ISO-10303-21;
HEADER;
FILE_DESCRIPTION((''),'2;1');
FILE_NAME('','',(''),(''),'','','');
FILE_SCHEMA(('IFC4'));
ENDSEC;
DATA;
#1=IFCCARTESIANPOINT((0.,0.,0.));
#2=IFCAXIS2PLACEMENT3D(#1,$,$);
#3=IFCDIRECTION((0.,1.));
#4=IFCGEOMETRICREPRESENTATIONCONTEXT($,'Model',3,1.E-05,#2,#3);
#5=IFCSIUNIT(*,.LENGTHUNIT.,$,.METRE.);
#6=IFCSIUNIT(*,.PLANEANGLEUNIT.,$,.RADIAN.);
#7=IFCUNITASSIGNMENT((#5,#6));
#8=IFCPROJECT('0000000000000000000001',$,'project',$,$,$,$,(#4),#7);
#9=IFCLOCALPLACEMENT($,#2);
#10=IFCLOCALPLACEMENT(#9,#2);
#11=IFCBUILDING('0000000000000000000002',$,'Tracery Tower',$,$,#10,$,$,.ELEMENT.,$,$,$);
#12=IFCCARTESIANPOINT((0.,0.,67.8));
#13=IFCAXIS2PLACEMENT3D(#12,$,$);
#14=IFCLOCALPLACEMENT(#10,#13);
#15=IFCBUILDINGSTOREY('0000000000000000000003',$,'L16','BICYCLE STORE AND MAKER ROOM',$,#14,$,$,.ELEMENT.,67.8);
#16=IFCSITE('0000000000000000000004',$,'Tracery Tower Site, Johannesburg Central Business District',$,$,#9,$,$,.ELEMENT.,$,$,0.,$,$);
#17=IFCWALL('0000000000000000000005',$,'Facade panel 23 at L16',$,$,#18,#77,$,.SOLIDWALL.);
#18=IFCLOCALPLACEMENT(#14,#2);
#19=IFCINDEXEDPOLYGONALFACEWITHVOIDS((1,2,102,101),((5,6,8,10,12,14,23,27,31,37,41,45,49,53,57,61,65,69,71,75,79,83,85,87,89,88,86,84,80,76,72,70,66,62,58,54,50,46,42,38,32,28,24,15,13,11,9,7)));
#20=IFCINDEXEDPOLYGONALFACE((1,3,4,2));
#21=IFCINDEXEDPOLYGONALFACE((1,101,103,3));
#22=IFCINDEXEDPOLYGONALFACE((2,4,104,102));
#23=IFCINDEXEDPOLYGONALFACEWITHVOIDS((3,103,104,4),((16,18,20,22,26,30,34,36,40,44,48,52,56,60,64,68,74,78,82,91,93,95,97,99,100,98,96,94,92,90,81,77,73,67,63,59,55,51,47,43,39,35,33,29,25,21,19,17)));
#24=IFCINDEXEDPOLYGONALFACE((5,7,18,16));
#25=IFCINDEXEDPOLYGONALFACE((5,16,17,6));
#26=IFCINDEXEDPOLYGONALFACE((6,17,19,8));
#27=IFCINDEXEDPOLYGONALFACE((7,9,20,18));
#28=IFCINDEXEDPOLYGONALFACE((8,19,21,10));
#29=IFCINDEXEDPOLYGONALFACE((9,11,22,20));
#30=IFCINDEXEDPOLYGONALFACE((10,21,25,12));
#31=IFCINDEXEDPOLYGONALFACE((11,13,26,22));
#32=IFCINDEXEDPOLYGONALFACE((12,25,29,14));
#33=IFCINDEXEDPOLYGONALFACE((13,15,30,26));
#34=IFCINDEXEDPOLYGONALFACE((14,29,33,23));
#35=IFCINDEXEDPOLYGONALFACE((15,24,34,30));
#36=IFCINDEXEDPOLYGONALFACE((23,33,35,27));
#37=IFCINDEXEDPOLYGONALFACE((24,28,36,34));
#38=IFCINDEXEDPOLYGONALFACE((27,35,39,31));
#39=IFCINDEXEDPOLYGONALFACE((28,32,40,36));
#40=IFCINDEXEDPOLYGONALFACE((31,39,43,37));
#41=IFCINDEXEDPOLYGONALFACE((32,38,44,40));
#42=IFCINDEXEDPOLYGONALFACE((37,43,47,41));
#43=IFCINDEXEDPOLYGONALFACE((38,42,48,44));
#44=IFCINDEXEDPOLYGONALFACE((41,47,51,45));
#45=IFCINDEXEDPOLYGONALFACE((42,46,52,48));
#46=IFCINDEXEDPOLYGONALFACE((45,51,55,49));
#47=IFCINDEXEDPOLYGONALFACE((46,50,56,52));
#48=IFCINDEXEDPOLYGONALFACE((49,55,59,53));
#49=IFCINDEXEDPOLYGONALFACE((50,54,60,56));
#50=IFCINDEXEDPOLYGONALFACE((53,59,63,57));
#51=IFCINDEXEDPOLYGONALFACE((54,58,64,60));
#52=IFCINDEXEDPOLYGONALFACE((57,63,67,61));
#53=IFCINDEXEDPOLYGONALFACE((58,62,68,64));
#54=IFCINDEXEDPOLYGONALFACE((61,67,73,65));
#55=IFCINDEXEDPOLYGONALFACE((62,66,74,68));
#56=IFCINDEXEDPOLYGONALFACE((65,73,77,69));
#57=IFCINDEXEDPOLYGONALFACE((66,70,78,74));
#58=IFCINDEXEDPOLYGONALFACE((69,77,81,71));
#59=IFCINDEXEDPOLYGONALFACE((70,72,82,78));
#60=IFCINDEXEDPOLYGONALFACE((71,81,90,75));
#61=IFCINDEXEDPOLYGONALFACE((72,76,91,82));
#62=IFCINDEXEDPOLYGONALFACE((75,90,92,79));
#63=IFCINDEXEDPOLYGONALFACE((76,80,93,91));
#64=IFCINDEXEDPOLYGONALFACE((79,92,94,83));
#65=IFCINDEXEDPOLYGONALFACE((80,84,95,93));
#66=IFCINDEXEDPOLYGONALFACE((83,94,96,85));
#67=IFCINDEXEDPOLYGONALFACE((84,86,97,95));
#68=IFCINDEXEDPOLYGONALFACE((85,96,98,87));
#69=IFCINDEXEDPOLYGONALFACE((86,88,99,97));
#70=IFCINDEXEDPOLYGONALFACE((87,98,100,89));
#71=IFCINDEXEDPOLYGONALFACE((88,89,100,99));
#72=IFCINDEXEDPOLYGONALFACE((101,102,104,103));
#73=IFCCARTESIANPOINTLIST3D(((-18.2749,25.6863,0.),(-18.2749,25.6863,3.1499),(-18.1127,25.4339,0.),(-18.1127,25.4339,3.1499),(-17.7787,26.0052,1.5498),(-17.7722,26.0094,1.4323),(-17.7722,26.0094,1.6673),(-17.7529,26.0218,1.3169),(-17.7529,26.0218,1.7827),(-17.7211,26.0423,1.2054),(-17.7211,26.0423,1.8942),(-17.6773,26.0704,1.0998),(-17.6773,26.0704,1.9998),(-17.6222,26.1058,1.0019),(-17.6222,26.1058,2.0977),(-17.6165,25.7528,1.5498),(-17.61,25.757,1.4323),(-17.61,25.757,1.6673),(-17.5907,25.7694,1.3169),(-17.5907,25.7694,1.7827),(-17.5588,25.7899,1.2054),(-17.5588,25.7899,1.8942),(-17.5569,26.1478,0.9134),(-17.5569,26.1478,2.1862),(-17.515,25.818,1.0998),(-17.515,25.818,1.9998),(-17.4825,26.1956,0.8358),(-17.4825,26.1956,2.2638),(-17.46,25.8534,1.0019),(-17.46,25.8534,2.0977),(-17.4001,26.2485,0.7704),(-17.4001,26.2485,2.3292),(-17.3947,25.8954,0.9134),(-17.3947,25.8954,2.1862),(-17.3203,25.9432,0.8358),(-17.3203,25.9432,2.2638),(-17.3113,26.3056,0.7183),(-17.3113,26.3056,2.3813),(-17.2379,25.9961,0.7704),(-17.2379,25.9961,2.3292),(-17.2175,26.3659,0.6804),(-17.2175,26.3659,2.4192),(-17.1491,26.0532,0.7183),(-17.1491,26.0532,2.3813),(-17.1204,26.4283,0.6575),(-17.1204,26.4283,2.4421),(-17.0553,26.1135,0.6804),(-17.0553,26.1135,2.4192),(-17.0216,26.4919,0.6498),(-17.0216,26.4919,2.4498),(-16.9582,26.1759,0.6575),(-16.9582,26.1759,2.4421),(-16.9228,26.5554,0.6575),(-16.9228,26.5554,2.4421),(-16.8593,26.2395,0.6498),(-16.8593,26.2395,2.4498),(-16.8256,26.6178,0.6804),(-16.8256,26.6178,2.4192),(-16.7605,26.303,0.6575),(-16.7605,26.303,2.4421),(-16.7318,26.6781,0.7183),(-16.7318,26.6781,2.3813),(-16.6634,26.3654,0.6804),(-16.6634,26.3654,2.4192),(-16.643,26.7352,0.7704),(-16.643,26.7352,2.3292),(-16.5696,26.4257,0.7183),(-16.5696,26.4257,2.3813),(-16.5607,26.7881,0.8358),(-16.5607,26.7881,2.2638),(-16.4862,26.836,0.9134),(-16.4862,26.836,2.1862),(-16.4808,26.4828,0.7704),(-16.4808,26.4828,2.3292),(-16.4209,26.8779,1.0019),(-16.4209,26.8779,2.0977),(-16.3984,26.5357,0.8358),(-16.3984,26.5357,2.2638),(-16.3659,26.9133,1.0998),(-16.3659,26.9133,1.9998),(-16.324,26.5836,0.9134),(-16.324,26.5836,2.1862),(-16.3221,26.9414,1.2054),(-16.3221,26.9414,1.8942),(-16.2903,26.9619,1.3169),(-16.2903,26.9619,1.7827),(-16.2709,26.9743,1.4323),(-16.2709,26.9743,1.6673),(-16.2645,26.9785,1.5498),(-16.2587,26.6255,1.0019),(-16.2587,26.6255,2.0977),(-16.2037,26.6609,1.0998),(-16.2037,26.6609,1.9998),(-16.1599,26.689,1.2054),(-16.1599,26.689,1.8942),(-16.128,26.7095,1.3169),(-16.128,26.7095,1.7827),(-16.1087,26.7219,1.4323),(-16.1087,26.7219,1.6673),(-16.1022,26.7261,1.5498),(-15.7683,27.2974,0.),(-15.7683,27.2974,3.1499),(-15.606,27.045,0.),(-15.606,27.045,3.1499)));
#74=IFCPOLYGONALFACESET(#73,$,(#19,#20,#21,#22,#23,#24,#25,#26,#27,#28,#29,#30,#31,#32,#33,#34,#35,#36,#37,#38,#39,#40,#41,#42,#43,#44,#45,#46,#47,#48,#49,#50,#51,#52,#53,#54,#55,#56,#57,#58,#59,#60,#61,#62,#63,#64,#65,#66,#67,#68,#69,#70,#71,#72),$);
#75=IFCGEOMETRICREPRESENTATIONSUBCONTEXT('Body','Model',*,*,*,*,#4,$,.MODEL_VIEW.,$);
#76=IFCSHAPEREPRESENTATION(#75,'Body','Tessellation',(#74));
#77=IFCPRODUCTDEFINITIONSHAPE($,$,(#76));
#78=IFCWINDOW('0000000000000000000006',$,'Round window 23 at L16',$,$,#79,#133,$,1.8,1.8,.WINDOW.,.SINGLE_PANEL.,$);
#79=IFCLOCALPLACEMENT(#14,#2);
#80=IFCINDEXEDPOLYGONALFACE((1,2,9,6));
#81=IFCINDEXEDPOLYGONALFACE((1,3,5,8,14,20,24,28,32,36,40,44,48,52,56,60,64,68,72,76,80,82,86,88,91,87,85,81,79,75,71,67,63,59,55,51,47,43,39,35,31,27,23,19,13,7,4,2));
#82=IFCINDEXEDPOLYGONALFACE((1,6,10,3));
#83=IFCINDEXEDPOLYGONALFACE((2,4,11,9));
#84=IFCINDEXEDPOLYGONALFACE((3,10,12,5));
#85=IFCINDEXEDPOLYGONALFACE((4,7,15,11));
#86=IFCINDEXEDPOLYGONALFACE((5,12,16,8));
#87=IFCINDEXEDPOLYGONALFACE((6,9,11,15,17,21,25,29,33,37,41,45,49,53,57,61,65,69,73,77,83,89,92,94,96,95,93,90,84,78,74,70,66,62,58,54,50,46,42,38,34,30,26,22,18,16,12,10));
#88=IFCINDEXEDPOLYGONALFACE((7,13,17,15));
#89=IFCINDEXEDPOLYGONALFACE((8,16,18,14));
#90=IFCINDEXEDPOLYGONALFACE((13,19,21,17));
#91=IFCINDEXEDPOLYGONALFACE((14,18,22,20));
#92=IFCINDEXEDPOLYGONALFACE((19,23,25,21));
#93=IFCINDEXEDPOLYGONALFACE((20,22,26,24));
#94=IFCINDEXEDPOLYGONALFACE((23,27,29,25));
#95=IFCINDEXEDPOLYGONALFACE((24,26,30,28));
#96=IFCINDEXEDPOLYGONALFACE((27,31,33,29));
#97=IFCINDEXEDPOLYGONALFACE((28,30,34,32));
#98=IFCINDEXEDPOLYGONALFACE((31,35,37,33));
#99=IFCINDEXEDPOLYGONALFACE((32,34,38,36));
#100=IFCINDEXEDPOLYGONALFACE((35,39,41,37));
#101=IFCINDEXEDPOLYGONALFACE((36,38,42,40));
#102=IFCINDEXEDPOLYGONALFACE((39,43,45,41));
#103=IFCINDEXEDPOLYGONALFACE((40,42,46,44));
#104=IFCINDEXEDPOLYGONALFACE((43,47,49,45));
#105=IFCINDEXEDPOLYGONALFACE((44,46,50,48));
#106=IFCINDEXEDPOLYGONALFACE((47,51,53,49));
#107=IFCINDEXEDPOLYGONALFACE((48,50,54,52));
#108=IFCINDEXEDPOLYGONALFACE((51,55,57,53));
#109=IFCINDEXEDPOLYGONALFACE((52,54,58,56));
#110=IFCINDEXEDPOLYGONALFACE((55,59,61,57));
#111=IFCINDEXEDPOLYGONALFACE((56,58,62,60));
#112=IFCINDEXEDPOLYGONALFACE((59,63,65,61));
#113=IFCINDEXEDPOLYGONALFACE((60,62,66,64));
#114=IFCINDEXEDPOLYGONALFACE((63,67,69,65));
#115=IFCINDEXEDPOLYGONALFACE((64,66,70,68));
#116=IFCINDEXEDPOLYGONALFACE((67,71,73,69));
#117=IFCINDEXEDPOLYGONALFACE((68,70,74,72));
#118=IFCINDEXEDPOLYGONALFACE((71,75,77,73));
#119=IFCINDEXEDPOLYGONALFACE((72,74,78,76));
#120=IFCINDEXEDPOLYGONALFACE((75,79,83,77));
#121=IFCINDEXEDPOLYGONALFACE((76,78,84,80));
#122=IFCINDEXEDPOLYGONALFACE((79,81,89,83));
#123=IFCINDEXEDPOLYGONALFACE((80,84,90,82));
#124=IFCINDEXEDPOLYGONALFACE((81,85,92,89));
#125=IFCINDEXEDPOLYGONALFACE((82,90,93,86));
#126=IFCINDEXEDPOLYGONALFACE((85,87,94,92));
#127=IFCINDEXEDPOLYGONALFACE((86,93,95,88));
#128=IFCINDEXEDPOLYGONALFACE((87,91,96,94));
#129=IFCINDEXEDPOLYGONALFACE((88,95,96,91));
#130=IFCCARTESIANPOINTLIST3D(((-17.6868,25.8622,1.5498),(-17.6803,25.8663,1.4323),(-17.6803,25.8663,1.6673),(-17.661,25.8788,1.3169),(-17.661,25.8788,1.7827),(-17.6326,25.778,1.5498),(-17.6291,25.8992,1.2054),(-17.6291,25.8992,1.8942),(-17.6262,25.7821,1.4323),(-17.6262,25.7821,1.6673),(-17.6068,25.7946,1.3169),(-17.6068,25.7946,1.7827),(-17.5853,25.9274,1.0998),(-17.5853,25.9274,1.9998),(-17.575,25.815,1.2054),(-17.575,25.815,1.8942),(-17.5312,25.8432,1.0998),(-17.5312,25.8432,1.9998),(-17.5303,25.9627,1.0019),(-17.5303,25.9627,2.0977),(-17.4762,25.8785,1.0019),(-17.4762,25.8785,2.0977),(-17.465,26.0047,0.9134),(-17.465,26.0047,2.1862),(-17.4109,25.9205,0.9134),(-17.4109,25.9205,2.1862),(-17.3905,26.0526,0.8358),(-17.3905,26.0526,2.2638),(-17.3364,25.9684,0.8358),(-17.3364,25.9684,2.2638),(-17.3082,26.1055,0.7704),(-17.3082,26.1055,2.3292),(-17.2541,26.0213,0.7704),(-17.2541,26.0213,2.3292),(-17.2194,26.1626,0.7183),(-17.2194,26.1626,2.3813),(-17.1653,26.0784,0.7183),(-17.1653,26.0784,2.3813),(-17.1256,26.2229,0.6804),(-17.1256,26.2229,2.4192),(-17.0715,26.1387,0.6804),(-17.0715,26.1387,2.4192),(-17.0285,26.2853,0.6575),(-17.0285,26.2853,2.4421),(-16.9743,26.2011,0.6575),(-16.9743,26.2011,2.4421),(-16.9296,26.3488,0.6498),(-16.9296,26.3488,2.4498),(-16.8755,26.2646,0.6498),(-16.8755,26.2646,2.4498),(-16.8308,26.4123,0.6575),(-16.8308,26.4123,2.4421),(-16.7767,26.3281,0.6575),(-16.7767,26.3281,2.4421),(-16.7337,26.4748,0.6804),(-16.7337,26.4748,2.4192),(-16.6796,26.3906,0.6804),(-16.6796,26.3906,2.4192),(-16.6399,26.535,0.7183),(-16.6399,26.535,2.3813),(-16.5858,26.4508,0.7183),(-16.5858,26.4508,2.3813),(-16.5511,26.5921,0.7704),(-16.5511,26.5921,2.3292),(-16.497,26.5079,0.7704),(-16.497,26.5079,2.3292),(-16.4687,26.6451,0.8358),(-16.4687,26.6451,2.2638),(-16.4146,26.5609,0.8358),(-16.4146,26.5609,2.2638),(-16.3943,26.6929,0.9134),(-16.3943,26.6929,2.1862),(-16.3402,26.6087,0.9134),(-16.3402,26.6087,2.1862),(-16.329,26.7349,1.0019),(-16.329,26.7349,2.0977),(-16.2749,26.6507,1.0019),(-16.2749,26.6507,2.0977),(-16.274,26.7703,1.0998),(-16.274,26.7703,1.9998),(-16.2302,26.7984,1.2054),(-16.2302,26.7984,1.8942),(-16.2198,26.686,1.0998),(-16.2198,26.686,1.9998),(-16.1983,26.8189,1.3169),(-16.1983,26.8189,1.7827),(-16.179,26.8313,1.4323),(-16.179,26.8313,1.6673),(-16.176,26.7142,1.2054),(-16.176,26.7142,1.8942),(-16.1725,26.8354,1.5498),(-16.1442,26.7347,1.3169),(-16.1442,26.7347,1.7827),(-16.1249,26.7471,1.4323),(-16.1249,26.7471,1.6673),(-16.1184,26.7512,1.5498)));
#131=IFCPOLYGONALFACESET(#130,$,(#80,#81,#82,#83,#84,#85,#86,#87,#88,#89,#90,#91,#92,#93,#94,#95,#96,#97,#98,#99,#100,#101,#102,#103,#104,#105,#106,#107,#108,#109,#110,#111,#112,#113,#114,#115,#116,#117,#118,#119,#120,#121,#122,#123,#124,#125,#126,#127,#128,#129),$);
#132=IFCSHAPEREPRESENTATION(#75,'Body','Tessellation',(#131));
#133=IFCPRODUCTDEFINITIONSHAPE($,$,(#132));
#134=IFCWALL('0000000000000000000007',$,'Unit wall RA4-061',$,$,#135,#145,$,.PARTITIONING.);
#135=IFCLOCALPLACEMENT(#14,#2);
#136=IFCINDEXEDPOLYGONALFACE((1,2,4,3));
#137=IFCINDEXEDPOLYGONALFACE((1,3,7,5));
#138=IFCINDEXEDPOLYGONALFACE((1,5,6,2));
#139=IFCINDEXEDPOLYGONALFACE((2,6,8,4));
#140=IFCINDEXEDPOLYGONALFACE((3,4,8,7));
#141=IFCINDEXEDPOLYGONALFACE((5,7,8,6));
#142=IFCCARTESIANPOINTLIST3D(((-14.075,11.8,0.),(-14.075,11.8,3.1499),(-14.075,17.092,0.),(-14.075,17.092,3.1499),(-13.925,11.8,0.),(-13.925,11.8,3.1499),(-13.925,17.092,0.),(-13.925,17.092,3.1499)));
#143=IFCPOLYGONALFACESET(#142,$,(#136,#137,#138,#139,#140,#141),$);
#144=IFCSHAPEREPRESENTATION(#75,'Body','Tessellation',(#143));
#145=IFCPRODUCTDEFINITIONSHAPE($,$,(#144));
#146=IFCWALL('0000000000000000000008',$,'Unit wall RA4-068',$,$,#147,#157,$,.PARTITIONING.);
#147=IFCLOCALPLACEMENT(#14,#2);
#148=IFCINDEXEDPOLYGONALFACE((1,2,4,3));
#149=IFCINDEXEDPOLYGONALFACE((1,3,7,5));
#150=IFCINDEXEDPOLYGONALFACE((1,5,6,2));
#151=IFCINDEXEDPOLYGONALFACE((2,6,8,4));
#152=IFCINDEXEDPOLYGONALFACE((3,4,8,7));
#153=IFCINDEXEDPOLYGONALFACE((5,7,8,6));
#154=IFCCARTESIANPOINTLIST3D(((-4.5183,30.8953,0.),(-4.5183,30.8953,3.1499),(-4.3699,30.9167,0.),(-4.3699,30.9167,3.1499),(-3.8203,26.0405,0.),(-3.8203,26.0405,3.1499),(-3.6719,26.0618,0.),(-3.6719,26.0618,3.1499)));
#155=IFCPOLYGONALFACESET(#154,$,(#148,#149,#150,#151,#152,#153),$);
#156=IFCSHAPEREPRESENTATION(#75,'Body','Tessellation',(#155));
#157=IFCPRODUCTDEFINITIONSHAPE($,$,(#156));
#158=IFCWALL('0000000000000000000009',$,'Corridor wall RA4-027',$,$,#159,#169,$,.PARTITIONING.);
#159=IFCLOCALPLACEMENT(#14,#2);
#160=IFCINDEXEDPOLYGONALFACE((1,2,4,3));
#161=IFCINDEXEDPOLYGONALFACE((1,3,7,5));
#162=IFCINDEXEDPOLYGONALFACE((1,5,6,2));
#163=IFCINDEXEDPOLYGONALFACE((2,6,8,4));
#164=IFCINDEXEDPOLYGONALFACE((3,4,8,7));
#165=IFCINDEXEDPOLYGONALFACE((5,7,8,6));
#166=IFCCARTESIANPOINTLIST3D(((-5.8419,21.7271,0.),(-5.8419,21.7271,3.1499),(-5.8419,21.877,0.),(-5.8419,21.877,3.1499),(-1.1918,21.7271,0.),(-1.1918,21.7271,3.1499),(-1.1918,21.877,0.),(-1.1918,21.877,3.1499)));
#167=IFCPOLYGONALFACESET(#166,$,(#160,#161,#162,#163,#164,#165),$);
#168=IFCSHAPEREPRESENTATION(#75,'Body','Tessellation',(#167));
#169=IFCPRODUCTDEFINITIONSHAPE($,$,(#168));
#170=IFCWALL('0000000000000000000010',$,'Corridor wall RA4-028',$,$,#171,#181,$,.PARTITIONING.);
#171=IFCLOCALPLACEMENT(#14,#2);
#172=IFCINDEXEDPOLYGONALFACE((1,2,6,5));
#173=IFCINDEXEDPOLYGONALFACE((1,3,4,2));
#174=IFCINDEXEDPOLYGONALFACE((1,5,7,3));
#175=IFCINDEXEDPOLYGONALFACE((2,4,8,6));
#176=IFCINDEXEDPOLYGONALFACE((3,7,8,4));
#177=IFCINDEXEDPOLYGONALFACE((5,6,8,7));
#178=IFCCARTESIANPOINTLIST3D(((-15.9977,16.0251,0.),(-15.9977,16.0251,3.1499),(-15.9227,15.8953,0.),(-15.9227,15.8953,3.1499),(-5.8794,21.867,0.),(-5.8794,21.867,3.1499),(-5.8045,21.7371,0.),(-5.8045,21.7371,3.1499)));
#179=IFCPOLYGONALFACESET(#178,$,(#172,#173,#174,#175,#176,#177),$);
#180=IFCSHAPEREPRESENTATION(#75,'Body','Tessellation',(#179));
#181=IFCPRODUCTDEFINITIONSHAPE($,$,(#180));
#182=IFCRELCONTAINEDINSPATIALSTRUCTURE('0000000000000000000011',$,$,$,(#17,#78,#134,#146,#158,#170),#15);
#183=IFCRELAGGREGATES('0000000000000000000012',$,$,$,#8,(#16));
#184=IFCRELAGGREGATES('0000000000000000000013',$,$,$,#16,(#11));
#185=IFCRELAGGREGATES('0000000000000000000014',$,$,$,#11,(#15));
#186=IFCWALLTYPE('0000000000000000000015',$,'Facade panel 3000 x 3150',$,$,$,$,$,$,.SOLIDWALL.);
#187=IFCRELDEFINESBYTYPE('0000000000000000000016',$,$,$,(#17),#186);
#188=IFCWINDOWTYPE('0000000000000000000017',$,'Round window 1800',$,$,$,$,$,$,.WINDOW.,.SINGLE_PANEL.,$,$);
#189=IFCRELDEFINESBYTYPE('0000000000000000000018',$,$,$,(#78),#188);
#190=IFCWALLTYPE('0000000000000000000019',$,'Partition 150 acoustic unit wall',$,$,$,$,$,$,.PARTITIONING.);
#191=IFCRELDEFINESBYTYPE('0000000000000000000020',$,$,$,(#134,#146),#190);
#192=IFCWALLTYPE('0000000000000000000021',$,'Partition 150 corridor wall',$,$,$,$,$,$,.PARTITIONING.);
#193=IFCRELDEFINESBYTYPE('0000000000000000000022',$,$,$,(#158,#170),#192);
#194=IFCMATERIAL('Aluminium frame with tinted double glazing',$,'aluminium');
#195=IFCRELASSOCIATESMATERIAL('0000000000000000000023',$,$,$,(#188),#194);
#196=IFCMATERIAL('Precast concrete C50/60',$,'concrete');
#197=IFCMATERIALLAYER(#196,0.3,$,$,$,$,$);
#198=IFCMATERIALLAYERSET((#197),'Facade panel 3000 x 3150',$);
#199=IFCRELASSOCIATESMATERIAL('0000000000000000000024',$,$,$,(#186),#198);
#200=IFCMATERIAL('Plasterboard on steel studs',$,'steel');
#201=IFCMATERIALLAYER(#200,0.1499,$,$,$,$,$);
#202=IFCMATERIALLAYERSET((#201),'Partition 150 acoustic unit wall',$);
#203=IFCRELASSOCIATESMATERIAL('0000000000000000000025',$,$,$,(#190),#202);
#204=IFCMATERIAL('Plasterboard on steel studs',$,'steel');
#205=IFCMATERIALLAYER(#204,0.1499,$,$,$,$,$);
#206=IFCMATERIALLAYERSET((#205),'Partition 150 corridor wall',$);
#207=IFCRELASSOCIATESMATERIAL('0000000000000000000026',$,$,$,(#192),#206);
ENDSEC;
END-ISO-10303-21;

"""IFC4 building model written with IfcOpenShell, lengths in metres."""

from ifc_helpers import new_model, si_unit, direction, frame, frame_2d, origin, origin_2d, place, context, subcontext, project, spatial, rectangle, circle, extrude, material, layer, layer_set, type_object, element, fill, save


model = new_model("IFC4")

# Units and contexts
model_context = context("Model", 3, precision=1e-05, world=origin(), true_north=direction((0.0, 1.0)))
body_context = subcontext(model_context, "Body", "Model", "MODEL_VIEW")
ifc_project = project(units=[si_unit("LENGTHUNIT", "METRE"), si_unit("PLANEANGLEUNIT", "RADIAN")], contexts=[model_context])

# Site, building, storey
site_placement = place(None, origin())
site = spatial("IfcSite", under=ifc_project, at=site_placement, Name="Tracery Tower Site, Johannesburg Central Business District", CompositionType="ELEMENT", RefElevation=0.0)
building_placement = place(site_placement, origin())
building = spatial("IfcBuilding", under=site, at=building_placement, Name="Tracery Tower", CompositionType="ELEMENT")
storey_placement = place(building_placement, frame((0.0, 0.0, 67.8)))
storey = spatial("IfcBuildingStorey", under=building, at=storey_placement, Name="L16", Description="BICYCLE STORE AND MAKER ROOM", CompositionType="ELEMENT", Elevation=67.8)

# Wall, opening, window
ifc_material_1 = material(Name="Aluminium frame with tinted double glazing", Category="aluminium")
window_type = type_object("IfcWindowType", Name="Round window 1800", PartitioningType="SINGLE_PANEL", PredefinedType="WINDOW", material=ifc_material_1)
ifc_material_2 = material(Name="Precast concrete C50/60", Category="concrete")
ifc_layer_1 = layer(ifc_material_2, 0.3)
ifc_layer_set_1 = layer_set([ifc_layer_1], Name="Facade panel 3000 x 3150")
wall_type_1 = type_object("IfcWallType", Name="Facade panel 3000 x 3150", PredefinedType="SOLIDWALL", material=ifc_layer_set_1)
wall_1_placement = place(storey_placement, frame((-15.6873, 27.1711, 0.0), z_axis=(0.0, 0.0, 1.0), x_axis=(-0.841224, -0.540687, 0.0)))
wall_1 = element("IfcWall", 1, at=wall_1_placement, inside=storey, type_object=wall_type_1, Name="Facade panel 23 at L16", PredefinedType="SOLIDWALL", context=body_context, shape_type="SweptSolid", body=[
    extrude(rectangle(XDim=2.9797, YDim=0.3, at=frame_2d((1.4897, 0.0))), origin(), (0.0, 0.0, 1.0), 3.1499),
])
opening_1_placement = place(wall_1_placement, frame((1.4897, 0.0, 1.5498)))
opening_1 = element("IfcOpeningElement", 2, at=opening_1_placement, cuts=wall_1, PredefinedType="OPENING", context=body_context, shape_type="SweptSolid", body=[
    extrude(circle(Radius=0.9, at=origin_2d()), frame((0.0, 0.1599, 0.0), z_axis=(0.0, -1.0, 0.0), x_axis=(1.0, 0.0, 0.0)), (0.0, 0.0, 1.0), 0.3201),
])
window_1_placement = place(opening_1_placement, origin())
window_1 = element("IfcWindow", 3, at=window_1_placement, inside=storey, type_object=window_type, Name="Round window 23 at L16", OverallHeight=1.8, OverallWidth=1.8, PartitioningType="SINGLE_PANEL", PredefinedType="WINDOW", context=body_context, shape_type="SweptSolid", body=[
    extrude(circle(Radius=0.9, at=origin_2d()), frame((0.0, 0.1201, 0.0), z_axis=(0.0, -1.0, 0.0), x_axis=(1.0, 0.0, 0.0)), (0.0, 0.0, 1.0), 0.1001),
])
fill(opening_1, window_1)

# Walls
ifc_material_3 = material(Name="Plasterboard on steel studs", Category="steel")
ifc_layer_2 = layer(ifc_material_3, 0.1499)
ifc_layer_set_2 = layer_set([ifc_layer_2], Name="Partition 150 acoustic unit wall")
wall_type_2 = type_object("IfcWallType", Name="Partition 150 acoustic unit wall", PredefinedType="PARTITIONING", material=ifc_layer_set_2)
wall_2_placement = place(storey_placement, frame((-14.0, 11.8, 0.0), z_axis=(0.0, 0.0, 1.0), x_axis=(0.0, 1.0, 0.0)))
element("IfcWall", 4, at=wall_2_placement, inside=storey, type_object=wall_type_2, Name="Unit wall RA4-061", PredefinedType="PARTITIONING", context=body_context, shape_type="SweptSolid", body=[
    extrude(rectangle(XDim=5.292, YDim=0.1499, at=frame_2d((2.646, 0.0))), origin(), (0.0, 0.0, 1.0), 3.1499),
])
wall_3_placement = place(storey_placement, frame((-4.4441, 30.906, 0.0), z_axis=(0.0, 0.0, 1.0), x_axis=(0.142306, -0.989823, 0.0)))
element("IfcWall", 5, at=wall_3_placement, inside=storey, type_object=wall_type_2, Name="Unit wall RA4-068", PredefinedType="PARTITIONING", context=body_context, shape_type="SweptSolid", body=[
    extrude(rectangle(XDim=4.9048, YDim=0.1499, at=frame_2d((2.4524, 0.0))), origin(), (0.0, 0.0, 1.0), 3.1499),
])
ifc_material_4 = material(Name="Plasterboard on steel studs", Category="steel")
ifc_layer_3 = layer(ifc_material_4, 0.1499)
ifc_layer_set_3 = layer_set([ifc_layer_3], Name="Partition 150 corridor wall")
wall_type_3 = type_object("IfcWallType", Name="Partition 150 corridor wall", PredefinedType="PARTITIONING", material=ifc_layer_set_3)
wall_4_placement = place(storey_placement, frame((-5.842, 21.802, 0.0), z_axis=(0.0, 0.0, 1.0), x_axis=(1.0, 0.0, 0.0)))
element("IfcWall", 6, at=wall_4_placement, inside=storey, type_object=wall_type_3, Name="Corridor wall RA4-027", PredefinedType="PARTITIONING", context=body_context, shape_type="SweptSolid", body=[
    extrude(rectangle(XDim=4.6501, YDim=0.1499, at=frame_2d((2.3252, 0.0))), origin(), (0.0, 0.0, 1.0), 3.1499),
])
wall_5_placement = place(storey_placement, frame((-15.9602, 15.9602, 0.0), z_axis=(0.0, 0.0, 1.0), x_axis=(0.866023, 0.500005, 0.0)))
element("IfcWall", 7, at=wall_5_placement, inside=storey, type_object=wall_type_3, Name="Corridor wall RA4-028", PredefinedType="PARTITIONING", context=body_context, shape_type="SweptSolid", body=[
    extrude(rectangle(XDim=11.6836, YDim=0.1499, at=frame_2d((5.8418, 0.0))), origin(), (0.0, 0.0, 1.0), 3.1499),
])

save(model, "model.ifc")
